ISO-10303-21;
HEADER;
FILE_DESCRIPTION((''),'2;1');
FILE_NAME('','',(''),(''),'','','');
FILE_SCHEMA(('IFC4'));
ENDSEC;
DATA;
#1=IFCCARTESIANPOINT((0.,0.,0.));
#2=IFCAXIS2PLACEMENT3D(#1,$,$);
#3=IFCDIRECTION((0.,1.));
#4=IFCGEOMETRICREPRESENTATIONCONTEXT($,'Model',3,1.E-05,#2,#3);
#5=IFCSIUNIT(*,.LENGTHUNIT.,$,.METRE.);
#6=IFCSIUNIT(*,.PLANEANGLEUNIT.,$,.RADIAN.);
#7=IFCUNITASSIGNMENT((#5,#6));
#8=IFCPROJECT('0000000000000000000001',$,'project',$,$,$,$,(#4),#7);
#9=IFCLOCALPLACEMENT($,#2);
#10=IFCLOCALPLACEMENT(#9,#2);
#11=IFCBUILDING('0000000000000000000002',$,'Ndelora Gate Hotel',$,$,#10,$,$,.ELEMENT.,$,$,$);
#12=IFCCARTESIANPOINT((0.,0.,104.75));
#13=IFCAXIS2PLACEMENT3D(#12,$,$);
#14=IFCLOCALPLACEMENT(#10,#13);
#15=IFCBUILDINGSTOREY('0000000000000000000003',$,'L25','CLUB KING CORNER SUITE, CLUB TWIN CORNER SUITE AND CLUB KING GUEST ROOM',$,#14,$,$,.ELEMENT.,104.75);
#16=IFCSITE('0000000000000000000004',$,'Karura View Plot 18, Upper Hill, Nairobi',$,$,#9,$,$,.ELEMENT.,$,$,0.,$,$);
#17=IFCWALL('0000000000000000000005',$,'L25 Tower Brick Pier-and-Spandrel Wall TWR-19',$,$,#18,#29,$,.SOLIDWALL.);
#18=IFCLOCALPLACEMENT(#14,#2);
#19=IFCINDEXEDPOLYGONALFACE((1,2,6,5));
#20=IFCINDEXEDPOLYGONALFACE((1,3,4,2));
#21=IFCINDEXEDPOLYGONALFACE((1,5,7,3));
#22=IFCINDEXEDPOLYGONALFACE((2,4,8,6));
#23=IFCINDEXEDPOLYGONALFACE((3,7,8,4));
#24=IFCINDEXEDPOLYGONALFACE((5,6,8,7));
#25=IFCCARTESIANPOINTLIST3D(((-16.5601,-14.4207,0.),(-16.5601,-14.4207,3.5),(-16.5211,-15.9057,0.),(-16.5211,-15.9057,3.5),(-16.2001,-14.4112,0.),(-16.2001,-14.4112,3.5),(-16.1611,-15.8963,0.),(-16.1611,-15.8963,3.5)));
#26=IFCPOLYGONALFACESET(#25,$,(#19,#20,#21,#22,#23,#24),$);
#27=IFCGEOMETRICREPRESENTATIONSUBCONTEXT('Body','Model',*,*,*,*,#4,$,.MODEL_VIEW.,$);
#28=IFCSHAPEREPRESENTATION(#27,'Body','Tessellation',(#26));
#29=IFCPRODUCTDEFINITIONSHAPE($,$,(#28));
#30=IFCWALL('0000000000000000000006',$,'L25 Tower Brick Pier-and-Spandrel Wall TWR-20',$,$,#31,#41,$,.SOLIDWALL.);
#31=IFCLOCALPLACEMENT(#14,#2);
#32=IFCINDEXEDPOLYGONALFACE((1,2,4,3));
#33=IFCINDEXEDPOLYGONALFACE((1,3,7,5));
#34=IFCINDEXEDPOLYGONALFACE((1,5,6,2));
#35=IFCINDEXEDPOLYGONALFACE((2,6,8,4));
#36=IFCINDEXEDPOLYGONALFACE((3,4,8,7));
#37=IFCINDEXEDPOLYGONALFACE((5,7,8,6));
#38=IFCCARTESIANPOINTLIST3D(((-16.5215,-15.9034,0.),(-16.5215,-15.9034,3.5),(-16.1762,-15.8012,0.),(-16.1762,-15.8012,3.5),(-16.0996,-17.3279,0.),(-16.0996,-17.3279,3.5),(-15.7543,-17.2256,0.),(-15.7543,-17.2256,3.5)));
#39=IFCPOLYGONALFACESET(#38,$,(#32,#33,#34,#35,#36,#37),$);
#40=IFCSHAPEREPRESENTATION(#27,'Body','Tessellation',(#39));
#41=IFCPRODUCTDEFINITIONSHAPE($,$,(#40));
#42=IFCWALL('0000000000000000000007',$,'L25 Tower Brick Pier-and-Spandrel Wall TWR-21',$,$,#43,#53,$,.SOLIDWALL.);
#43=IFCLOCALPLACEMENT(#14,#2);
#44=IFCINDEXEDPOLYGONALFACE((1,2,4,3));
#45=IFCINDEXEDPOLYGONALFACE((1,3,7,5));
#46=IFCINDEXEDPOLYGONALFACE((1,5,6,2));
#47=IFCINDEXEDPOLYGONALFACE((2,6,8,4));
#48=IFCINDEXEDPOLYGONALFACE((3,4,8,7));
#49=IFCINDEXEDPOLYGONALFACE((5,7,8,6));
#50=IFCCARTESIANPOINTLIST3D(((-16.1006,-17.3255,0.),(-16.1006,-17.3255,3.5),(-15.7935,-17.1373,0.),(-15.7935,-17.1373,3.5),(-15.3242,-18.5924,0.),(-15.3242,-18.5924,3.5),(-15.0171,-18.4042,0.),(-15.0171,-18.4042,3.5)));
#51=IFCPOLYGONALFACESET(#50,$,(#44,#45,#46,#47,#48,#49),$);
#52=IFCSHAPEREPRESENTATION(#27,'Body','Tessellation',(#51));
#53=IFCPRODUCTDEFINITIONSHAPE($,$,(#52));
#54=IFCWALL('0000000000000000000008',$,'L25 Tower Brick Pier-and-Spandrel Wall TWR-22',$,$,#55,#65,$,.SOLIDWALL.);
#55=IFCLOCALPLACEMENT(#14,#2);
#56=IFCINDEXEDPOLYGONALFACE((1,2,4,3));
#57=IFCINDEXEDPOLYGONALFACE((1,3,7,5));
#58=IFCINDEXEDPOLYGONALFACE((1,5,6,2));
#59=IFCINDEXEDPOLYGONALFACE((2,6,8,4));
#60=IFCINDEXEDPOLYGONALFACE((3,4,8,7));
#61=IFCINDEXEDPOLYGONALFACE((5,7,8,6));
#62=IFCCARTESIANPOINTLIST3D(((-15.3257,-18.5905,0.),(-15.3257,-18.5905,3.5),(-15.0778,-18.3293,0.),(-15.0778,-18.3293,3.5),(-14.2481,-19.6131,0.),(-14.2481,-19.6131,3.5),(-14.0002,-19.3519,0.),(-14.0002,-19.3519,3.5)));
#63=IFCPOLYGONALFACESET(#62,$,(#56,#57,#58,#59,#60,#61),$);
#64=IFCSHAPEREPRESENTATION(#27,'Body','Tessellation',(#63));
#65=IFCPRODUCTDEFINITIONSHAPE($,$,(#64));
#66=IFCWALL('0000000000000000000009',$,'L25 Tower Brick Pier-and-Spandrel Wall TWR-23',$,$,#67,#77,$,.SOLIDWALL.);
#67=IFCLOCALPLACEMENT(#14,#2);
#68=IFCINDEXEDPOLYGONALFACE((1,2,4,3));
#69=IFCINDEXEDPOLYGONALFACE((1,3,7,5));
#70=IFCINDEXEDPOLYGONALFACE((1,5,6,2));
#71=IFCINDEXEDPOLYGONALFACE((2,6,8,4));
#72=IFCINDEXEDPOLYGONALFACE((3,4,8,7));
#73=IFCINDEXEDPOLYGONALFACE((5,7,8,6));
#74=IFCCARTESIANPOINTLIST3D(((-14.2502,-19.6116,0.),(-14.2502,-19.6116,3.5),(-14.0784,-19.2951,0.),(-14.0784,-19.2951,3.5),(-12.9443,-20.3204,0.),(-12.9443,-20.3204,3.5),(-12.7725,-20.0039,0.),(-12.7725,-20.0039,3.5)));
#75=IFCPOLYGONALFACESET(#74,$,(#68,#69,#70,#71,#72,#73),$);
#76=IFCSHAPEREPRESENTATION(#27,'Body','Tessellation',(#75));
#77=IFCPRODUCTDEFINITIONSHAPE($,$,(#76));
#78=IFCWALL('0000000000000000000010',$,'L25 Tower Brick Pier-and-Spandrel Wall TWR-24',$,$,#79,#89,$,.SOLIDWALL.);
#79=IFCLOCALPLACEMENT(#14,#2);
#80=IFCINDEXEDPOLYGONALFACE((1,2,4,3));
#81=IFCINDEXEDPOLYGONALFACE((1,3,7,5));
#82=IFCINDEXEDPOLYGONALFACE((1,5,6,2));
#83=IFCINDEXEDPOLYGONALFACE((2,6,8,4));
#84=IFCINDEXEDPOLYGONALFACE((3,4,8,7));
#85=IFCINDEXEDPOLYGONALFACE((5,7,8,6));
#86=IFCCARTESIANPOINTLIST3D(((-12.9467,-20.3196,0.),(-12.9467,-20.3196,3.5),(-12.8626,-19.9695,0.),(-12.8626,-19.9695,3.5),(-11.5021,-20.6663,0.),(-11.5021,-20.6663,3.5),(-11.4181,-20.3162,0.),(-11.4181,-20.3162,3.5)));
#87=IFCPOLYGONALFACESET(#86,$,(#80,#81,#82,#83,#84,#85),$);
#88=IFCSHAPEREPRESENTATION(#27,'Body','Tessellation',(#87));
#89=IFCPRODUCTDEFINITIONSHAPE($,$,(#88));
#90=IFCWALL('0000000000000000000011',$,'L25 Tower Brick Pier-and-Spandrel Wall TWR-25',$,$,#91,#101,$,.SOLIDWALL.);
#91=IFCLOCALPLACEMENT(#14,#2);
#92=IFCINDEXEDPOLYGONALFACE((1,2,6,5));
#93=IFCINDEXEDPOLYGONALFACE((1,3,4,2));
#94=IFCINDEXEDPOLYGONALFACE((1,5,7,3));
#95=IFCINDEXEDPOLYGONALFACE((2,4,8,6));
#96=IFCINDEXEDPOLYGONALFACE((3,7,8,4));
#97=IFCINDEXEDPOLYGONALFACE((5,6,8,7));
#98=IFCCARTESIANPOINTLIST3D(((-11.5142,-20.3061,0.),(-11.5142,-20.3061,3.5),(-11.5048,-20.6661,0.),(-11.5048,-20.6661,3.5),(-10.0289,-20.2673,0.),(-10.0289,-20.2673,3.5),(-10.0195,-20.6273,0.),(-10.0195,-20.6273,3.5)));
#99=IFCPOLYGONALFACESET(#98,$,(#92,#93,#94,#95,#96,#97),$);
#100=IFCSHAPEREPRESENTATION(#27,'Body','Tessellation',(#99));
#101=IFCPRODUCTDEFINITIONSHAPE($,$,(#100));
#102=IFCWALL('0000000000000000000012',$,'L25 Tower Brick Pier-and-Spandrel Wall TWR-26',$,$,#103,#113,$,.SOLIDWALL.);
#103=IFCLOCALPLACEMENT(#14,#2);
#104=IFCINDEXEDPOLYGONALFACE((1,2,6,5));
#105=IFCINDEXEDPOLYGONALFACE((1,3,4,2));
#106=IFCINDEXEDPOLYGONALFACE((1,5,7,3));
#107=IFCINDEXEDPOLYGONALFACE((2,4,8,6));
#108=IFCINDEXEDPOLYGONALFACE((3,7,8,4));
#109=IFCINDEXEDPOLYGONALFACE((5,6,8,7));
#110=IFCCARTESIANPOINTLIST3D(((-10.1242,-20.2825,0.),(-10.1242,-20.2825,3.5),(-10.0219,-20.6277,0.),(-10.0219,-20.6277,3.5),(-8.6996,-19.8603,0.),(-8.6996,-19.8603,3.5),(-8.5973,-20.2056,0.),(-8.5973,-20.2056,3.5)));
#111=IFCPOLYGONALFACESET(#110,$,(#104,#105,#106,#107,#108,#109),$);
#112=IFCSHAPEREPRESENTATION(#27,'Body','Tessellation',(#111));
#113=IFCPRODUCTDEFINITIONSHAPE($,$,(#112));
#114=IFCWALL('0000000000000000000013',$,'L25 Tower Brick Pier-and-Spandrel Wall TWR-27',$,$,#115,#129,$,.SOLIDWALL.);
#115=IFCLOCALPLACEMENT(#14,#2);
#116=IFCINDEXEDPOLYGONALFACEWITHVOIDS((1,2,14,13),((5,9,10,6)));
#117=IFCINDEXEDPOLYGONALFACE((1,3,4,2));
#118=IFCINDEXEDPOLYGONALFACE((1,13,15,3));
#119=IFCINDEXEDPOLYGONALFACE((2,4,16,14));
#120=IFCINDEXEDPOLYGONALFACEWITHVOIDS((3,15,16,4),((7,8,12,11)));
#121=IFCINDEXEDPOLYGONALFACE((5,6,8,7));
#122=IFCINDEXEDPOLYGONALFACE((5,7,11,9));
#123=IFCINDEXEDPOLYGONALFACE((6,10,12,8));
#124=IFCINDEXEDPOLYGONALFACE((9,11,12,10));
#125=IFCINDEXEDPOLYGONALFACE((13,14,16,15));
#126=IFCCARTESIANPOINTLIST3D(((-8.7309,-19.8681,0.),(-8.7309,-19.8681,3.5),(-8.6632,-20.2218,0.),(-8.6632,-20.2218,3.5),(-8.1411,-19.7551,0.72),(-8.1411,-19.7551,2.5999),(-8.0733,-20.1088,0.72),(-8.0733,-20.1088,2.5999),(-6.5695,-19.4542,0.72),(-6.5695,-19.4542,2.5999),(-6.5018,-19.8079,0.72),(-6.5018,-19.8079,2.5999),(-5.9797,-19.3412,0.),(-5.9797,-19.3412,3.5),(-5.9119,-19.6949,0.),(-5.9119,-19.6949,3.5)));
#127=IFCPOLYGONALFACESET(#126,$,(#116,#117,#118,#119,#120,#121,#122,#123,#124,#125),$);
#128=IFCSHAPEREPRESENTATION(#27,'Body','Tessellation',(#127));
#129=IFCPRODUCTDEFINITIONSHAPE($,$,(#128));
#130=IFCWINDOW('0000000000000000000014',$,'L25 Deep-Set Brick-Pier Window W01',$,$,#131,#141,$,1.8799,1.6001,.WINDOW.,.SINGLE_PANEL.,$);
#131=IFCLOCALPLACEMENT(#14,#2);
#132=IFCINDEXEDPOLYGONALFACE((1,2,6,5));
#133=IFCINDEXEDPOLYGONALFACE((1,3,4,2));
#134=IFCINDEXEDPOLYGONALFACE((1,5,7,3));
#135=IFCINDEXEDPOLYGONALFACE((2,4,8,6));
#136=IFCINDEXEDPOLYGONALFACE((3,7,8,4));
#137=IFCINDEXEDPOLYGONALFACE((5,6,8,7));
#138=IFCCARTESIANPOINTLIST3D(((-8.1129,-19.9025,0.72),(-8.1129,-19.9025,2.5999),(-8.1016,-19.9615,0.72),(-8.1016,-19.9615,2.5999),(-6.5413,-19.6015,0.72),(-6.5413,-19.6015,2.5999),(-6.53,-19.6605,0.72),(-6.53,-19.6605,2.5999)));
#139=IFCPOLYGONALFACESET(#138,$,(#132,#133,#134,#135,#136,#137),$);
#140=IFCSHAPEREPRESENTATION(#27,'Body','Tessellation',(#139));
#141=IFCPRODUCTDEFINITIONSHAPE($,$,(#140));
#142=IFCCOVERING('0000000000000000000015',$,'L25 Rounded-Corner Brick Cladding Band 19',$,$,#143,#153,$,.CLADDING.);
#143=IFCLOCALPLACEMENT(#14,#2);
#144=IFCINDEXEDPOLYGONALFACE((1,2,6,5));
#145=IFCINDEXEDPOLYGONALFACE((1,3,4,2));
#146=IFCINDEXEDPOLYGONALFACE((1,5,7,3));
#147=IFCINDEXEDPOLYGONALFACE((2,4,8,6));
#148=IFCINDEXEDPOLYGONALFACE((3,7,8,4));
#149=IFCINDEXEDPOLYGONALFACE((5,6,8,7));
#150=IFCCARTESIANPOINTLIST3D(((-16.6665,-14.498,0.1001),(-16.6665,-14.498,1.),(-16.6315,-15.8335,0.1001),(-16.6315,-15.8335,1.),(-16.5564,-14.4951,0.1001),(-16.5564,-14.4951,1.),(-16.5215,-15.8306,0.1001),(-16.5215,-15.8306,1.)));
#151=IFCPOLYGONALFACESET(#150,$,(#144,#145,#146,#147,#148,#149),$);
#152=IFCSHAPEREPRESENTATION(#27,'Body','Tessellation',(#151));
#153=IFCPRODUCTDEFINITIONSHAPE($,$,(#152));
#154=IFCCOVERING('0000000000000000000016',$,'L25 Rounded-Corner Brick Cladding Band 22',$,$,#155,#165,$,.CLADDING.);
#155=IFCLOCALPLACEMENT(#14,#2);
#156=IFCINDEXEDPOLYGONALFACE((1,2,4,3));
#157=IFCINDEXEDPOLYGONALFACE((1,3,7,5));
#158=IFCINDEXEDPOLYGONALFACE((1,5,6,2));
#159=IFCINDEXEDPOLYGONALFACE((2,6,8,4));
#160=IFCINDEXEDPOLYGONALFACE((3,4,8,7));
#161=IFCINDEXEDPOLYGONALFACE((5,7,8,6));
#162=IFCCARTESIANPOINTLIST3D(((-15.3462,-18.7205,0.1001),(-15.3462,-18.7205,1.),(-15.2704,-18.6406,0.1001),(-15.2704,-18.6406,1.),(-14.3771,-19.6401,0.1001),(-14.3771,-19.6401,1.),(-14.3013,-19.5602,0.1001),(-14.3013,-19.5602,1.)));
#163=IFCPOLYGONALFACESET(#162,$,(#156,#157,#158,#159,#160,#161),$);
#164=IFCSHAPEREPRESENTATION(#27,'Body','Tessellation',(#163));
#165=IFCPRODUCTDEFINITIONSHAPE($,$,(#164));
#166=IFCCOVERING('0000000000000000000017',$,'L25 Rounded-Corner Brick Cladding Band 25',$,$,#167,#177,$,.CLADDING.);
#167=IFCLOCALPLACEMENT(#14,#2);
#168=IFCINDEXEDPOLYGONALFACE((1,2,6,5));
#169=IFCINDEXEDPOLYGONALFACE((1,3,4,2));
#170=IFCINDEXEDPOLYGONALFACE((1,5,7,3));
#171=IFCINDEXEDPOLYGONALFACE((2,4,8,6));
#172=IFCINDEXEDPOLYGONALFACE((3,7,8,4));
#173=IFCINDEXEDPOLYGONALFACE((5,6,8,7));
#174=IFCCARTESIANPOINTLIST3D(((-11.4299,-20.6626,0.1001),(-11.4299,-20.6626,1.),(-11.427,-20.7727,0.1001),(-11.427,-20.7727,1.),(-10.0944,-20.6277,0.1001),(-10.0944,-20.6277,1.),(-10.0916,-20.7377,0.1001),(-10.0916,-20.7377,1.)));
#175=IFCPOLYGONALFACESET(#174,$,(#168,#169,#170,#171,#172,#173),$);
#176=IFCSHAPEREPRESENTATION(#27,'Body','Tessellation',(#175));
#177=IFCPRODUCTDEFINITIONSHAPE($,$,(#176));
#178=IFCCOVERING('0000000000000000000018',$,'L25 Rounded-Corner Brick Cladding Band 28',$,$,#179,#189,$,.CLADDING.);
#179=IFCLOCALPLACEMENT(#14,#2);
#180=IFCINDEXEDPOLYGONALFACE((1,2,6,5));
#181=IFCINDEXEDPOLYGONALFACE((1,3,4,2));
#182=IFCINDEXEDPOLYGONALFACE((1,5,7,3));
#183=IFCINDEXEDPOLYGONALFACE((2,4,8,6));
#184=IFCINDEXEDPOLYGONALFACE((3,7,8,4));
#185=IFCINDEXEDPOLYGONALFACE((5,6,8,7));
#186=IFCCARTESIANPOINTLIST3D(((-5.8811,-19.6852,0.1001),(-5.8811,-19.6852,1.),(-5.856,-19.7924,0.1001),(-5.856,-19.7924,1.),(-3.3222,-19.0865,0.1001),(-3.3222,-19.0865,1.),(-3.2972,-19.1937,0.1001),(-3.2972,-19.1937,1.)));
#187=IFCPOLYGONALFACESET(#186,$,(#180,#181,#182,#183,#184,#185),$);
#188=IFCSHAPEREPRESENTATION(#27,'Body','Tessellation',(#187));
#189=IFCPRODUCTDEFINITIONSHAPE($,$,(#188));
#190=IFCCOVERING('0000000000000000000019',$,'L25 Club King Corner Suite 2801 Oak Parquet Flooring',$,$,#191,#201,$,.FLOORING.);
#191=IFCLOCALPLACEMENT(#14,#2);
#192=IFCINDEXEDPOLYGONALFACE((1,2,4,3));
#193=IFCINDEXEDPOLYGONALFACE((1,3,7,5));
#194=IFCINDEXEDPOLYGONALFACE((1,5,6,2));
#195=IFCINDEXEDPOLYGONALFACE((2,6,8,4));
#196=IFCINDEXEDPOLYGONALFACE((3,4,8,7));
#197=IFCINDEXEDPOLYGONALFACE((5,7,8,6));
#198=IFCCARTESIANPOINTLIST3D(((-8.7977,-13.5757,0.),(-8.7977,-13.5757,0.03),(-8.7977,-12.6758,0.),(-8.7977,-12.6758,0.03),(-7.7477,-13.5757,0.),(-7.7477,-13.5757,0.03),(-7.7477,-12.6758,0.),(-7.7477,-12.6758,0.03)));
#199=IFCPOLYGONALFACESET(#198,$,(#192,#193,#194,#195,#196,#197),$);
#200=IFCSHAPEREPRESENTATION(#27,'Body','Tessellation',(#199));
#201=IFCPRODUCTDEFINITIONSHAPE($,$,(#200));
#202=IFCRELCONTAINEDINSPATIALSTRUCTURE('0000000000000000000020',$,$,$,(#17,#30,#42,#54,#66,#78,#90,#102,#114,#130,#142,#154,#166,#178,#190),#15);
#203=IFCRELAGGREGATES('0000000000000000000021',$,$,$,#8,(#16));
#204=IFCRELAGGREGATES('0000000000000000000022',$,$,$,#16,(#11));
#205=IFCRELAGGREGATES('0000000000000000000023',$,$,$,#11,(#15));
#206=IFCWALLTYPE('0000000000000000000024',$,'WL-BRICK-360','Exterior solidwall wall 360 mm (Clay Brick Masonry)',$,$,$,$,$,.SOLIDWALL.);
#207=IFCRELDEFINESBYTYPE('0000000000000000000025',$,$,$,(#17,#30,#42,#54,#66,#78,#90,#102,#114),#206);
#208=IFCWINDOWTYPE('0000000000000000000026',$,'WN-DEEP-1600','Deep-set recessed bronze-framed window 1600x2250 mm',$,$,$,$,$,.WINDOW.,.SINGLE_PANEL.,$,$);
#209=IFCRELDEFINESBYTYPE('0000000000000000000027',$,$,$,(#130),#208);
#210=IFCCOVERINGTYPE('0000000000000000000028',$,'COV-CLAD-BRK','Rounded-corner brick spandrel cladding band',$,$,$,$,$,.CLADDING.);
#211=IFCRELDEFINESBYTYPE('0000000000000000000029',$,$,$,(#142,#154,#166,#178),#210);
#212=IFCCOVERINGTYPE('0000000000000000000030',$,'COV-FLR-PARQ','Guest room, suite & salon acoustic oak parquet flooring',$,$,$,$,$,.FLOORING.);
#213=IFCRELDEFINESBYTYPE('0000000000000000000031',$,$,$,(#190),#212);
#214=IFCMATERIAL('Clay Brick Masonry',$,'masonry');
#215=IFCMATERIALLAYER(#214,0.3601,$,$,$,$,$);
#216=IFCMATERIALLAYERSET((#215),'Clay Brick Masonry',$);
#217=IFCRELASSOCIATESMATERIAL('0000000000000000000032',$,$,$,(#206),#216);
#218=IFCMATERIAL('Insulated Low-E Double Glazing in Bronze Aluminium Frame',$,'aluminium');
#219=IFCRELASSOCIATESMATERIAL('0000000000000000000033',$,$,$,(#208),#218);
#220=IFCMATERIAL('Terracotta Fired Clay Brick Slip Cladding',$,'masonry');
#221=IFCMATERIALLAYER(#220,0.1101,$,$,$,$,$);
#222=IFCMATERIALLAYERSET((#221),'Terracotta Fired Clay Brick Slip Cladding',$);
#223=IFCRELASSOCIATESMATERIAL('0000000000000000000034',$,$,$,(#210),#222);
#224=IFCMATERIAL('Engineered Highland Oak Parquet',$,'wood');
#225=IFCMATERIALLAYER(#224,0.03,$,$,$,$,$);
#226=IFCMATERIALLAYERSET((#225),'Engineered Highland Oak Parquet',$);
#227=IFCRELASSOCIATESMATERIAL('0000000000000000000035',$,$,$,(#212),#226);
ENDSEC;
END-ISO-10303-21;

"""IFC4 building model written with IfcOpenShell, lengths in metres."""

from ifc_helpers import new_model, si_unit, direction, frame, frame_2d, origin, origin_2d, place, context, subcontext, project, spatial, rectangle, extrude, material, layer, layer_set, type_object, element, fill, save


model = new_model("IFC4")

# Units and contexts
model_context = context("Model", 3, precision=1e-05, world=origin(), true_north=direction((0.0, 1.0)))
body_context = subcontext(model_context, "Body", "Model", "MODEL_VIEW")
ifc_project = project(units=[si_unit("LENGTHUNIT", "METRE"), si_unit("PLANEANGLEUNIT", "RADIAN")], contexts=[model_context])

# Site, building, storey
site_placement = place(None, origin())
site = spatial("IfcSite", under=ifc_project, at=site_placement, Name="Karura View Plot 18, Upper Hill, Nairobi", CompositionType="ELEMENT", RefElevation=0.0)
building_placement = place(site_placement, origin())
building = spatial("IfcBuilding", under=site, at=building_placement, Name="Ndelora Gate Hotel", CompositionType="ELEMENT")
storey_placement = place(building_placement, frame((0.0, 0.0, 104.75)))
storey = spatial("IfcBuildingStorey", under=building, at=storey_placement, Name="L25", Description="CLUB KING CORNER SUITE, CLUB TWIN CORNER SUITE AND CLUB KING GUEST ROOM", CompositionType="ELEMENT", Elevation=104.75)

# Shared definitions
ifc_material_1 = material(Name="Clay Brick Masonry", Category="masonry")
ifc_layer_1 = layer(ifc_material_1, 0.3601)
ifc_layer_set_1 = layer_set([ifc_layer_1], Name="Clay Brick Masonry")
wall_type = type_object("IfcWallType", Name="WL-BRICK-360", Description="Exterior solidwall wall 360 mm (Clay Brick Masonry)", PredefinedType="SOLIDWALL", material=ifc_layer_set_1)
ifc_material_2 = material(Name="Insulated Low-E Double Glazing in Bronze Aluminium Frame", Category="aluminium")

# Walls
for number, where, z_axis, x_axis, name in (
    (1, (-16.3411, -15.9009, 0.0), (0.0, 0.0, 1.0), (-0.026294, 0.999654, 0.0), "L25 Tower Brick Pier-and-Spandrel Wall TWR-19"),
    (2, (-15.927, -17.2766, 0.0), (0.0, 0.0, 1.0), (-0.283954, 0.958838, 0.0), "L25 Tower Brick Pier-and-Spandrel Wall TWR-20"),
):
    element("IfcWall", number, at=place(storey_placement, frame(where, z_axis=z_axis, x_axis=x_axis)), inside=storey, type_object=wall_type, Name=name, PredefinedType="SOLIDWALL", context=body_context, shape_type="SweptSolid", body=[
        extrude(rectangle(XDim=1.4856, YDim=0.3601, at=frame_2d((0.7427, 0.0))), origin(), (0.0, 0.0, 1.0), 3.5),
    ])
wall_1_placement = place(storey_placement, frame((-15.1707, -18.4983, 0.0), z_axis=(0.0, 0.0, 1.0), x_axis=(-0.52252, 0.852627, 0.0)))
element("IfcWall", 3, at=wall_1_placement, inside=storey, type_object=wall_type, Name="L25 Tower Brick Pier-and-Spandrel Wall TWR-21", PredefinedType="SOLIDWALL", context=body_context, shape_type="SweptSolid", body=[
    extrude(rectangle(XDim=1.4858, YDim=0.3601, at=frame_2d((0.7429, 0.0))), origin(), (0.0, 0.0, 1.0), 3.5),
])
wall_2_placement = place(storey_placement, frame((-14.1243, -19.4824, 0.0), z_axis=(0.0, 0.0, 1.0), x_axis=(-0.725352, 0.688378, 0.0)))
element("IfcWall", 4, at=wall_2_placement, inside=storey, type_object=wall_type, Name="L25 Tower Brick Pier-and-Spandrel Wall TWR-22", PredefinedType="SOLIDWALL", context=body_context, shape_type="SweptSolid", body=[
    extrude(rectangle(XDim=1.4856, YDim=0.3601, at=frame_2d((0.7427, 0.0))), origin(), (0.0, 0.0, 1.0), 3.5),
])
wall_3_placement = place(storey_placement, frame((-12.8584, -20.1621, 0.0), z_axis=(0.0, 0.0, 1.0), x_axis=(-0.878905, 0.476998, 0.0)))
element("IfcWall", 5, at=wall_3_placement, inside=storey, type_object=wall_type, Name="L25 Tower Brick Pier-and-Spandrel Wall TWR-23", PredefinedType="SOLIDWALL", context=body_context, shape_type="SweptSolid", body=[
    extrude(rectangle(XDim=1.4858, YDim=0.3601, at=frame_2d((0.7429, 0.0))), origin(), (0.0, 0.0, 1.0), 3.5),
])
wall_4_placement = place(storey_placement, frame((-11.4602, -20.4912, 0.0), z_axis=(0.0, 0.0, 1.0), x_axis=(-0.97239, 0.233361, 0.0)))
element("IfcWall", 6, at=wall_4_placement, inside=storey, type_object=wall_type, Name="L25 Tower Brick Pier-and-Spandrel Wall TWR-24", PredefinedType="SOLIDWALL", context=body_context, shape_type="SweptSolid", body=[
    extrude(rectangle(XDim=1.4856, YDim=0.3601, at=frame_2d((0.7427, 0.0))), origin(), (0.0, 0.0, 1.0), 3.5),
])
for number, where, z_axis, x_axis, name in (
    (7, (-10.0242, -20.4473, 0.0), (0.0, 0.0, 1.0), (-0.999659, -0.026125, 0.0), "L25 Tower Brick Pier-and-Spandrel Wall TWR-25"),
    (8, (-8.6484, -20.033, 0.0), (0.0, 0.0, 1.0), (-0.958793, -0.284105, 0.0), "L25 Tower Brick Pier-and-Spandrel Wall TWR-26"),
):
    element("IfcWall", number, at=place(storey_placement, frame(where, z_axis=z_axis, x_axis=x_axis)), inside=storey, type_object=wall_type, Name=name, PredefinedType="SOLIDWALL", context=body_context, shape_type="SweptSolid", body=[
        extrude(rectangle(XDim=1.4858, YDim=0.3601, at=frame_2d((0.7429, 0.0))), origin(), (0.0, 0.0, 1.0), 3.5),
    ])

# Wall, opening, window
wall_5_placement = place(storey_placement, frame((-5.9458, -19.5181, 0.0), z_axis=(0.0, 0.0, 1.0), x_axis=(-0.982153, -0.188081, 0.0)))
wall_5 = element("IfcWall", 9, at=wall_5_placement, inside=storey, type_object=wall_type, Name="L25 Tower Brick Pier-and-Spandrel Wall TWR-27", PredefinedType="SOLIDWALL", context=body_context, shape_type="SweptSolid", body=[
    extrude(rectangle(XDim=2.8013, YDim=0.3601, at=frame_2d((1.4006, 0.0))), origin(), (0.0, 0.0, 1.0), 3.5),
])
opening_1_placement = place(wall_5_placement, frame((0.6006, 0.0, 0.72)))
opening_1 = element("IfcOpeningElement", 10, at=opening_1_placement, cuts=wall_5, PredefinedType="OPENING", context=body_context, shape_type="SweptSolid", body=[
    extrude(rectangle(XDim=1.6001, YDim=1.8799, at=frame_2d((0.8, 0.9399))), frame((0.0, 0.1899, 0.0), z_axis=(0.0, -1.0, 0.0), x_axis=(1.0, 0.0, 0.0)), (0.0, 0.0, 1.0), 0.3801),
])
window_type_1 = type_object("IfcWindowType", Name="WN-DEEP-1600", Description="Deep-set recessed bronze-framed window 1600x2250 mm", PartitioningType="SINGLE_PANEL", PredefinedType="WINDOW", material=ifc_material_2)
window_1_placement = place(opening_1_placement, origin())
window_1 = element("IfcWindow", 11, at=window_1_placement, inside=storey, type_object=window_type_1, Name="L25 Deep-Set Brick-Pier Window W01", OverallHeight=1.8799, OverallWidth=1.6001, PartitioningType="SINGLE_PANEL", PredefinedType="WINDOW", context=body_context, shape_type="SweptSolid", body=[
    extrude(rectangle(XDim=1.6001, YDim=1.8799, at=frame_2d((0.8, 0.9399))), frame((0.0, 0.03, 0.0), z_axis=(0.0, -1.0, 0.0), x_axis=(1.0, 0.0, 0.0)), (0.0, 0.0, 1.0), 0.0601),
])
fill(opening_1, window_1)

# Coverings
ifc_material_3 = material(Name="Terracotta Fired Clay Brick Slip Cladding", Category="masonry")
ifc_layer_2 = layer(ifc_material_3, 0.1101)
ifc_layer_set_2 = layer_set([ifc_layer_2], Name="Terracotta Fired Clay Brick Slip Cladding")
covering_type_1 = type_object("IfcCoveringType", Name="COV-CLAD-BRK", Description="Rounded-corner brick spandrel cladding band", PredefinedType="CLADDING", material=ifc_layer_set_2)
for number, where, z_axis, x_axis, name in (
    (12, (-16.594, -15.1643, 0.1001), (0.0, 0.0, 1.0), (-0.026177, 0.999657, 0.0), "L25 Rounded-Corner Brick Cladding Band 19"),
    (13, (-14.8237, -19.1404, 0.1001), (0.0, 0.0, 1.0), (-0.725374, 0.688355, 0.0), "L25 Rounded-Corner Brick Cladding Band 22"),
    (14, (-10.7607, -20.7002, 0.1001), (0.0, 0.0, 1.0), (0.999657, 0.026177, 0.0), "L25 Rounded-Corner Brick Cladding Band 25"),
):
    element("IfcCovering", number, at=place(storey_placement, frame(where, z_axis=z_axis, x_axis=x_axis)), inside=storey, type_object=covering_type_1, Name=name, PredefinedType="CLADDING", context=body_context, shape_type="SweptSolid", body=[
        extrude(rectangle(XDim=1.3359, YDim=0.1101, at=origin_2d()), origin(), (0.0, 0.0, 1.0), 0.8999),
    ])
covering_1_placement = place(storey_placement, frame((-4.5891, -19.4395, 0.1001), z_axis=(0.0, 0.0, 1.0), x_axis=(0.973698, 0.227841, 0.0)))
element("IfcCovering", 15, at=covering_1_placement, inside=storey, type_object=covering_type_1, Name="L25 Rounded-Corner Brick Cladding Band 28", PredefinedType="CLADDING", context=body_context, shape_type="SweptSolid", body=[
    extrude(rectangle(XDim=2.6279, YDim=0.1101, at=origin_2d()), origin(), (0.0, 0.0, 1.0), 0.8999),
])
ifc_material_4 = material(Name="Engineered Highland Oak Parquet", Category="wood")
ifc_layer_3 = layer(ifc_material_4, 0.03)
ifc_layer_set_3 = layer_set([ifc_layer_3], Name="Engineered Highland Oak Parquet")
covering_type_2 = type_object("IfcCoveringType", Name="COV-FLR-PARQ", Description="Guest room, suite & salon acoustic oak parquet flooring", PredefinedType="FLOORING", material=ifc_layer_set_3)
covering_2_placement = place(storey_placement, frame((-8.2727, -13.1257, 0.0), z_axis=(0.0, 0.0, 1.0), x_axis=(1.0, 0.0, 0.0)))
element("IfcCovering", 16, at=covering_2_placement, inside=storey, type_object=covering_type_2, Name="L25 Club King Corner Suite 2801 Oak Parquet Flooring", PredefinedType="FLOORING", context=body_context, shape_type="SweptSolid", body=[
    extrude(rectangle(XDim=1.05, YDim=0.8999, at=origin_2d()), origin(), (0.0, 0.0, 1.0), 0.03),
])

save(model, "model.ifc")
